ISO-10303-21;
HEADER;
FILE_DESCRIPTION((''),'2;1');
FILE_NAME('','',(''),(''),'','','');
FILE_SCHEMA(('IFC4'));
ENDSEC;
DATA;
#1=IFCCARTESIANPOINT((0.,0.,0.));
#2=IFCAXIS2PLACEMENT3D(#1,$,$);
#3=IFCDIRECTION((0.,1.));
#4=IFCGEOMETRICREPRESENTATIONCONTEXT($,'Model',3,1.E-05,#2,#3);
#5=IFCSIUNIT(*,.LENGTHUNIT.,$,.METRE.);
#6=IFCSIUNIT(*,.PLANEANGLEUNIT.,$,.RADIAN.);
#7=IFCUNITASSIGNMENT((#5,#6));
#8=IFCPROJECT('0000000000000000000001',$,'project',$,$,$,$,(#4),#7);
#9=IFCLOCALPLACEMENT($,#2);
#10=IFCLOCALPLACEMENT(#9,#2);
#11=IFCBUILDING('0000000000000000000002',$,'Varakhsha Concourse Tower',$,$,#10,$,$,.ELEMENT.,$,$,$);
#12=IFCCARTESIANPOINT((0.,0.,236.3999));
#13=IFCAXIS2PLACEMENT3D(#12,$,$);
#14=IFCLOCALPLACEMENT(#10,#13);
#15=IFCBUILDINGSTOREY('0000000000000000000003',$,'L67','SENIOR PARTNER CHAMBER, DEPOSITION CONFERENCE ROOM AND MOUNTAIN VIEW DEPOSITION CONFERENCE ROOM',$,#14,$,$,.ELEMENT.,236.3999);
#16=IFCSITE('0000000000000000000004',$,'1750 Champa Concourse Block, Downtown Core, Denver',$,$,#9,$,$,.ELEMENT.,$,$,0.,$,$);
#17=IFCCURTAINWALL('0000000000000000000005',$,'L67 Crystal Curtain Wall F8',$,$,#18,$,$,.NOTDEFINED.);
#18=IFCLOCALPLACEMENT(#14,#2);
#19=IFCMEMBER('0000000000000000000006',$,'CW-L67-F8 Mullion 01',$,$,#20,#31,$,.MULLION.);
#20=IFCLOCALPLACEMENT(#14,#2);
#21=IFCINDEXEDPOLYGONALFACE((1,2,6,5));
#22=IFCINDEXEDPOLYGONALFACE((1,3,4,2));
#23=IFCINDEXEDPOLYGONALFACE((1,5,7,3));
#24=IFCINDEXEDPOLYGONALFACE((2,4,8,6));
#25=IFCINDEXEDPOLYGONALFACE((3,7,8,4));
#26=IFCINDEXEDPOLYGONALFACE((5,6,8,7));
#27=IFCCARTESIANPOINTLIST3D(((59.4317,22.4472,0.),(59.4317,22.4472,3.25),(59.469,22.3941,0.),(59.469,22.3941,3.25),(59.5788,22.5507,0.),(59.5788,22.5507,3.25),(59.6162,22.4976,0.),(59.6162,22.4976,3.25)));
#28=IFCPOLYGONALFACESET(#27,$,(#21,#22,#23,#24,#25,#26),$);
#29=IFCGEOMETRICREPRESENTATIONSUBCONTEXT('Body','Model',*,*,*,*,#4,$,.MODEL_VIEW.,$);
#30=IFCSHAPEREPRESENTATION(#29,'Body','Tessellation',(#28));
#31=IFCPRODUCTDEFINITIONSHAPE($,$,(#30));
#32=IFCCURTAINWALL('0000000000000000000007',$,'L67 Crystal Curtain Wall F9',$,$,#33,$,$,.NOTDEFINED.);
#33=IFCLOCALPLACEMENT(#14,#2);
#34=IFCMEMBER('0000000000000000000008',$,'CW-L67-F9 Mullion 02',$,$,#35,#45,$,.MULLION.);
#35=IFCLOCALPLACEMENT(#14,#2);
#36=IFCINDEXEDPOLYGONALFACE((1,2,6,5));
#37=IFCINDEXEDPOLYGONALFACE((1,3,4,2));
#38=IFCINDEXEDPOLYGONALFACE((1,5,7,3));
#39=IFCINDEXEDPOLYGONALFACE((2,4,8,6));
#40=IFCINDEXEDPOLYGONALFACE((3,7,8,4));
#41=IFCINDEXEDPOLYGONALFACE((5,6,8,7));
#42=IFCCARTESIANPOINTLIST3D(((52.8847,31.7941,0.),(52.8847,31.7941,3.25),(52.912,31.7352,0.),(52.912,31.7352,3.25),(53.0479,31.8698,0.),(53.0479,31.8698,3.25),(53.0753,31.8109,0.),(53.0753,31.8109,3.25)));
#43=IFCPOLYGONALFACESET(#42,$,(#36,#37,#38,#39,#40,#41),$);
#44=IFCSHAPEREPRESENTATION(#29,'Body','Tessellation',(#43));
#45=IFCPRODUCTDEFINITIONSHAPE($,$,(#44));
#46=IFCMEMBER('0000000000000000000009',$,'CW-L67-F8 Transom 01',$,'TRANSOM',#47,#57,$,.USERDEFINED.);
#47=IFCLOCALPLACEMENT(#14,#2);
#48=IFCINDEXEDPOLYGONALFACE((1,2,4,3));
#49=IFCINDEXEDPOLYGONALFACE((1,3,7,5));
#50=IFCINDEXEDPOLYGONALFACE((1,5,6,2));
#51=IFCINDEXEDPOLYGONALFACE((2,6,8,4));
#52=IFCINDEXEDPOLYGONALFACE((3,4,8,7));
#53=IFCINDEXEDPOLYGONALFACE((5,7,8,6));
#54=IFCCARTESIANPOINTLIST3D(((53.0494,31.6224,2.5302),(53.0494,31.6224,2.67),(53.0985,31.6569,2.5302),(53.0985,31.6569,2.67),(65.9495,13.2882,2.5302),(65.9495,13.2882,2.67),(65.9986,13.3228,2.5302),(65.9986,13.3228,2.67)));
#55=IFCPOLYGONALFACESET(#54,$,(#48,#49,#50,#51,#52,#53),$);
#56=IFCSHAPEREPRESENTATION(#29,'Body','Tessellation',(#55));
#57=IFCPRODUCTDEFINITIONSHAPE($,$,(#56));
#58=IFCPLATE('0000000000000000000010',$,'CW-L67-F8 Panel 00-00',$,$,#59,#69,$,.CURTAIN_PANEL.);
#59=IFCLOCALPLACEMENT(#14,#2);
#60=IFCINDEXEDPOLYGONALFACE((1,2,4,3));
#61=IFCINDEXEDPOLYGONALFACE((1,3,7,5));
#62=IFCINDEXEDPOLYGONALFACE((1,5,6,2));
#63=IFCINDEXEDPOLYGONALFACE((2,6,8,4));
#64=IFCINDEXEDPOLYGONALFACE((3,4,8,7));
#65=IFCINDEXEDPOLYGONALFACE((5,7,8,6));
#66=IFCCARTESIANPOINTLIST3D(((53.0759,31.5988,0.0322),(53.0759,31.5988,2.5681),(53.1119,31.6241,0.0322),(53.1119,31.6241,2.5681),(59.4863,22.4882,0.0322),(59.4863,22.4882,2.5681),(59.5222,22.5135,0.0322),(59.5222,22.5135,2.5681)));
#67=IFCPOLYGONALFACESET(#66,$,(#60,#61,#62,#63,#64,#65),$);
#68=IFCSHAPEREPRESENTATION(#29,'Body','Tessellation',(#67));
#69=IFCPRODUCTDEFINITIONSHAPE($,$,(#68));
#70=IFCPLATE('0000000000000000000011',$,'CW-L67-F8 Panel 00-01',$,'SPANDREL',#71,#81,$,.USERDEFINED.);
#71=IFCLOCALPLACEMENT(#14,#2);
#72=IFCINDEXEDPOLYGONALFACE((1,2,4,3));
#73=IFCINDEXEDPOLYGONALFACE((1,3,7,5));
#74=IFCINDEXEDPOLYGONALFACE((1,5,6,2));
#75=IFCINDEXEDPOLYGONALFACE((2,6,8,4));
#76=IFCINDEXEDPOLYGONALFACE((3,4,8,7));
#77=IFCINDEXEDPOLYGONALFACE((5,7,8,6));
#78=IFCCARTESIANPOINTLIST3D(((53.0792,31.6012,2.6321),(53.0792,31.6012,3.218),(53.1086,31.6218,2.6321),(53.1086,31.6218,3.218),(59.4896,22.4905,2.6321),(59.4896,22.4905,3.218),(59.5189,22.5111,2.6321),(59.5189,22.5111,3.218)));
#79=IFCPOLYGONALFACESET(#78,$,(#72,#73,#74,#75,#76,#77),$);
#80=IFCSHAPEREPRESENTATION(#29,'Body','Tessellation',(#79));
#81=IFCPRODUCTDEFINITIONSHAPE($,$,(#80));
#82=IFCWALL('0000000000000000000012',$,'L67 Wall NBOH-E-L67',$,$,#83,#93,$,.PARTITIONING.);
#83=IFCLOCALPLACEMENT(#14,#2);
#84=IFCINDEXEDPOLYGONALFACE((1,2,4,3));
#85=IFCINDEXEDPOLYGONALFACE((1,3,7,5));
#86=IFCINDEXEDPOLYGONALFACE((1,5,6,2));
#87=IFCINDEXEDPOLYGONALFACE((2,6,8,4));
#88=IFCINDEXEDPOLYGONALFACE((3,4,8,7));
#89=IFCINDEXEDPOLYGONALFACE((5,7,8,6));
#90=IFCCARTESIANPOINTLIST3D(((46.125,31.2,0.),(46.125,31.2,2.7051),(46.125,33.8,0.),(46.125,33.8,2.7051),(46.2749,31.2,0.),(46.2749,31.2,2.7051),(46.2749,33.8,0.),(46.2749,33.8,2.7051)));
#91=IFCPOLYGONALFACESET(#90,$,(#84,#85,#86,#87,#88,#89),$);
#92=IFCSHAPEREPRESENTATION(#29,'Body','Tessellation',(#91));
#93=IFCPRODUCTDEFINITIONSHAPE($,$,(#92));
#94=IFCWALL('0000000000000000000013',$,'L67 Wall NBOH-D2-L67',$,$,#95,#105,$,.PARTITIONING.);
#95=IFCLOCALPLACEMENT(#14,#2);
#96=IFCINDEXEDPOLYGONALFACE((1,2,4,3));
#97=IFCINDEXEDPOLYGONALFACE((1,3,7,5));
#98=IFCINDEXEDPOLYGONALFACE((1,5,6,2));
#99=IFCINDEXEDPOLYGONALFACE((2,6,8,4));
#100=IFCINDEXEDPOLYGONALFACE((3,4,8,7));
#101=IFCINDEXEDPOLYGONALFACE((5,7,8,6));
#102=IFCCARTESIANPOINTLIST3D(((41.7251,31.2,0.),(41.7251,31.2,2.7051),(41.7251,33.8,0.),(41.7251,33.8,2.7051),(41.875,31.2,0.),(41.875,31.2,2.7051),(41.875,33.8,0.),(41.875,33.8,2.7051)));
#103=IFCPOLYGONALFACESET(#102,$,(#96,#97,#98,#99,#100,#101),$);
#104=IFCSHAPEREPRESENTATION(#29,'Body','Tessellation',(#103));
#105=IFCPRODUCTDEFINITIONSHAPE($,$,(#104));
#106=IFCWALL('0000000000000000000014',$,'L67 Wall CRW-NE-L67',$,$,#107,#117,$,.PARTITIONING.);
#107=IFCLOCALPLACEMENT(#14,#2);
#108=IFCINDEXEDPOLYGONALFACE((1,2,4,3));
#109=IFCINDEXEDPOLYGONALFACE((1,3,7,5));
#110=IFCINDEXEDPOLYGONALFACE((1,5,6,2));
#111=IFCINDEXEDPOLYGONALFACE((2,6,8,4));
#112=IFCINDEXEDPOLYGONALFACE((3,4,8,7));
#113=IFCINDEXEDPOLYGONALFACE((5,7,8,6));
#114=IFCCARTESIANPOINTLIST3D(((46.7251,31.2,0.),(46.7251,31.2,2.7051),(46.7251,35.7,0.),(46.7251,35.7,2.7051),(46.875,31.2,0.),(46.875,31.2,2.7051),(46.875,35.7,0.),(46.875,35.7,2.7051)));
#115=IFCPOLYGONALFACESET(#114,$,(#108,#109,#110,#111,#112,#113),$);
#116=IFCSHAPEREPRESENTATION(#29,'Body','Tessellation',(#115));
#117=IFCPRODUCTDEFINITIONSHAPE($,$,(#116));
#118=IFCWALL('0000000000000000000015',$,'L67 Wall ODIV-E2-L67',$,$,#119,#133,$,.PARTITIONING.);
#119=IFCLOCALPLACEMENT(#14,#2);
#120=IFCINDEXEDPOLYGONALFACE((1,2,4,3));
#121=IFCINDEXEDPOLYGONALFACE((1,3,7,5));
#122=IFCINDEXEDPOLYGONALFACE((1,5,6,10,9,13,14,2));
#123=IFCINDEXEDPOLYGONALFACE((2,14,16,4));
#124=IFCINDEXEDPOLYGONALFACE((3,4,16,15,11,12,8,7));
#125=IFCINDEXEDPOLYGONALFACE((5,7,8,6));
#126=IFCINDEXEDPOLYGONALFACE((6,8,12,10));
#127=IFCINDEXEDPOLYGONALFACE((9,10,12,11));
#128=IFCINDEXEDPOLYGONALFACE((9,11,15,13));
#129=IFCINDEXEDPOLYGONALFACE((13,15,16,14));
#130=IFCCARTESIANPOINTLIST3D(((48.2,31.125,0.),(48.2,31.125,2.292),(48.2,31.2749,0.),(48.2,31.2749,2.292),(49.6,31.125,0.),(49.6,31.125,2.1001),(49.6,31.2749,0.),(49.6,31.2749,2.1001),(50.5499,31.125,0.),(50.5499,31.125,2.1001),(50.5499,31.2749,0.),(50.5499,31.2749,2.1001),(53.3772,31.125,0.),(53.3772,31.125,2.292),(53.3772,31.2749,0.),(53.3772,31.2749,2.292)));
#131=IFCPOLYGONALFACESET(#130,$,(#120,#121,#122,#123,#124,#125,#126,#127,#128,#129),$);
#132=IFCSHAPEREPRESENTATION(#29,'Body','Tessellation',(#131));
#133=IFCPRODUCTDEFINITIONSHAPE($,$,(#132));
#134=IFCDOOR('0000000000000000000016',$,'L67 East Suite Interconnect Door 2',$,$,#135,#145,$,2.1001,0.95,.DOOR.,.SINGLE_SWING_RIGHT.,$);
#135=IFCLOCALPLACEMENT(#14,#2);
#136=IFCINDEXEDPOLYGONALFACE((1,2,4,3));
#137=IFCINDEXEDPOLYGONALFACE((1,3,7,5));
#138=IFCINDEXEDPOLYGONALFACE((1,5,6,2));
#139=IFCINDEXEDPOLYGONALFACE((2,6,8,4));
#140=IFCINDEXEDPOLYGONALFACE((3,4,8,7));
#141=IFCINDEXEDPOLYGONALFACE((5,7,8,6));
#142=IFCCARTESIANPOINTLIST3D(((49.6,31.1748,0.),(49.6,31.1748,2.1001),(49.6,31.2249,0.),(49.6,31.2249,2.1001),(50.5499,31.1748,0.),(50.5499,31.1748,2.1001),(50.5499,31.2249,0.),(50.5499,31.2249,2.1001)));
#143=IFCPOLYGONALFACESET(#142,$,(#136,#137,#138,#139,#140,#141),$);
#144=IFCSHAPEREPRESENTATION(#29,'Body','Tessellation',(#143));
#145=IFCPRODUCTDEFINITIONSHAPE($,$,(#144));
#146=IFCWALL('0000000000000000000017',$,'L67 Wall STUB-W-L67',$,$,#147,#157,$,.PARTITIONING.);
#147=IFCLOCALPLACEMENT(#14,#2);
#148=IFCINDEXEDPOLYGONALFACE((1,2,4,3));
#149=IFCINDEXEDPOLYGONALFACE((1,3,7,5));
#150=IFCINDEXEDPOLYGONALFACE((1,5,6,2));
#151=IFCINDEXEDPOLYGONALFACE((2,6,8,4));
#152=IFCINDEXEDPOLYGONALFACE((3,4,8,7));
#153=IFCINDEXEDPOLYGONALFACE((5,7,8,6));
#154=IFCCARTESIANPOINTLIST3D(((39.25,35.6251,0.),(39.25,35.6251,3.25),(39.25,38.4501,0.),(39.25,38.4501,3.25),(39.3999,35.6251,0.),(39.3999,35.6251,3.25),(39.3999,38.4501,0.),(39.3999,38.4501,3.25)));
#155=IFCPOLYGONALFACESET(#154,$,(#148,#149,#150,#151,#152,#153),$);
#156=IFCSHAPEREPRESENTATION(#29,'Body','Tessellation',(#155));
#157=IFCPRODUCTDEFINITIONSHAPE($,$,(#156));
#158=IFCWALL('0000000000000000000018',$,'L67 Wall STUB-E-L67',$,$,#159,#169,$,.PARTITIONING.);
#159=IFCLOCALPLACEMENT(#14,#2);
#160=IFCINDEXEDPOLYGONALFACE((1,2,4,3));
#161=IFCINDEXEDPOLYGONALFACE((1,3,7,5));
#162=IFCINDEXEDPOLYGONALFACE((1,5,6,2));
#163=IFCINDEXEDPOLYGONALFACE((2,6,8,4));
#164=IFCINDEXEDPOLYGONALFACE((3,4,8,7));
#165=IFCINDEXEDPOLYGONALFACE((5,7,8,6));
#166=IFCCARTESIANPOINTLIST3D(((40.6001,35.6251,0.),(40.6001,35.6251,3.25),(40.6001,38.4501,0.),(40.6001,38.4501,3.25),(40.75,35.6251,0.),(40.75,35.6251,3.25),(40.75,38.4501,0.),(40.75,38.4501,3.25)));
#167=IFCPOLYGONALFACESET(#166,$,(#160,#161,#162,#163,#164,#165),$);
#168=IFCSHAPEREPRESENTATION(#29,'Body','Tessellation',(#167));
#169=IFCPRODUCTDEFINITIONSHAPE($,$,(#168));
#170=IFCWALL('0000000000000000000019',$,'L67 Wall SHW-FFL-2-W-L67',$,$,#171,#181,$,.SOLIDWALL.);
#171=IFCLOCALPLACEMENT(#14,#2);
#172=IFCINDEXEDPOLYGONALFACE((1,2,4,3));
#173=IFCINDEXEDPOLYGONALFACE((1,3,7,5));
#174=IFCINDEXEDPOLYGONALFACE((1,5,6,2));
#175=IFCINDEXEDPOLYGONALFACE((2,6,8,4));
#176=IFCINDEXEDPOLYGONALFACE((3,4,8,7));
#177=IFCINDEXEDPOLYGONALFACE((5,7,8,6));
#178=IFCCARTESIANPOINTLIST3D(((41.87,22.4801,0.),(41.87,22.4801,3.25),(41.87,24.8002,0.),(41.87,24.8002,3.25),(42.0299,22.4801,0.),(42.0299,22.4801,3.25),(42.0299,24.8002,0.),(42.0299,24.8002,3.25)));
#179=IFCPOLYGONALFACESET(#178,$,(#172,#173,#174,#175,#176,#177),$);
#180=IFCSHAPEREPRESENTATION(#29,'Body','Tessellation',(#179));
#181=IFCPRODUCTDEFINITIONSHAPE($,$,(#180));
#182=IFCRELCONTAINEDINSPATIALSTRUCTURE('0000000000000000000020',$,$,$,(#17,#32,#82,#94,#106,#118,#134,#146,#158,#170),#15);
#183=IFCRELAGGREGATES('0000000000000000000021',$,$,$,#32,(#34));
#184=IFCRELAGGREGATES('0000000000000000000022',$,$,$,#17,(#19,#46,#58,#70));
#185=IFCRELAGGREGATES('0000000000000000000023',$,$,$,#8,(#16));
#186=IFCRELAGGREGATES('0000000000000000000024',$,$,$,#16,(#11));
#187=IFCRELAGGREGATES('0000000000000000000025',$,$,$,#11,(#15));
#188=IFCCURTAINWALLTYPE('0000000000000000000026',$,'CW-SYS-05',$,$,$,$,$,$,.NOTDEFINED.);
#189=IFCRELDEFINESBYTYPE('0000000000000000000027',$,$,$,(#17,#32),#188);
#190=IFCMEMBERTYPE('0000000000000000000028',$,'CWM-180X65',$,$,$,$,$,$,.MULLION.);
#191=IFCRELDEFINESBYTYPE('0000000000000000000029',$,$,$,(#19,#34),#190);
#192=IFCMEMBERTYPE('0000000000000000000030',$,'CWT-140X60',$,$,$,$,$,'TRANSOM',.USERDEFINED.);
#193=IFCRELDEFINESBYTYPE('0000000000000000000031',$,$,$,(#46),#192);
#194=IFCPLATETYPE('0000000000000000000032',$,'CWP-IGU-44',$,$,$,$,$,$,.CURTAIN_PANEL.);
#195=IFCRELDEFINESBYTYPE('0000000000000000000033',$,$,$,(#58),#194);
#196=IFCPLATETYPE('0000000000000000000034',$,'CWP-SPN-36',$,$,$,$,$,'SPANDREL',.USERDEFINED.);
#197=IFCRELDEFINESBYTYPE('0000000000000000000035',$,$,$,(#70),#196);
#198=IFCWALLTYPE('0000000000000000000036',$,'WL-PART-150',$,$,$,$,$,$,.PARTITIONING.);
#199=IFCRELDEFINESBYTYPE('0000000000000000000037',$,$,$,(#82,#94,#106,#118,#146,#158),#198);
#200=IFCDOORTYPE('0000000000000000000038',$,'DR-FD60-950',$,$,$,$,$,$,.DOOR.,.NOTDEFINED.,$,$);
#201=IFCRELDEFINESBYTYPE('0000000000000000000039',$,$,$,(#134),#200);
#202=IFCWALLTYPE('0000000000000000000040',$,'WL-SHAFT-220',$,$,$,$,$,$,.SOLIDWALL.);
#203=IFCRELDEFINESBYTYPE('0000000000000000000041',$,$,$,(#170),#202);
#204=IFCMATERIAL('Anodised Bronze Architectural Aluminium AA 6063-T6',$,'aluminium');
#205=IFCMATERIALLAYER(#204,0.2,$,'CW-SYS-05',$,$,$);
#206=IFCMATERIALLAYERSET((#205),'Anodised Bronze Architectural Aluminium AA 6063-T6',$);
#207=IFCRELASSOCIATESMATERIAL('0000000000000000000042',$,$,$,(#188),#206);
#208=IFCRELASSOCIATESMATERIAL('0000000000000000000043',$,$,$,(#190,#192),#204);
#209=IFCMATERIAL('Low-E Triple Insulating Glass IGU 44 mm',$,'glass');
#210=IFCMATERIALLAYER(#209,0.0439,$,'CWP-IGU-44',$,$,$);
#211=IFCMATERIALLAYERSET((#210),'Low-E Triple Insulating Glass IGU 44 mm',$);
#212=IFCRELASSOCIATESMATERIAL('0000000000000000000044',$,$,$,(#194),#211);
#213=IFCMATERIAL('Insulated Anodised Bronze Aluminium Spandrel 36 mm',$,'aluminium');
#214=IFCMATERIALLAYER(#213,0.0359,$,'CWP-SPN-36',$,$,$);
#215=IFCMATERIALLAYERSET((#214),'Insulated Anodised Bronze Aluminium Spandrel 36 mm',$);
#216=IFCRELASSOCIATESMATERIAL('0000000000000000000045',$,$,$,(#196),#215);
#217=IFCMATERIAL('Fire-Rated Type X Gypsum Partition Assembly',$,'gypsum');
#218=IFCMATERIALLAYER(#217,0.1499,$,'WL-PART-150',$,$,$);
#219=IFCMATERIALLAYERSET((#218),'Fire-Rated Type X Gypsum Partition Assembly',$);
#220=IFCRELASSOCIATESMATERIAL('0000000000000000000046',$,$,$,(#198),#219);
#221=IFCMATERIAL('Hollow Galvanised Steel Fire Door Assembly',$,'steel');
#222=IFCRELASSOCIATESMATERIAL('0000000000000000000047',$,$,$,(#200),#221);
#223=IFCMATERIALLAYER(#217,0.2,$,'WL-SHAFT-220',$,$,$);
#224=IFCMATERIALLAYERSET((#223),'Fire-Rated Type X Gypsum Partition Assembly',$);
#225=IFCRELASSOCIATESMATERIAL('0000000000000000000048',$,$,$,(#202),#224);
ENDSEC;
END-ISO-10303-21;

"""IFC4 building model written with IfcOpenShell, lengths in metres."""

from ifc_helpers import new_model, si_unit, direction, frame, frame_2d, origin, origin_2d, place, context, subcontext, project, spatial, rectangle, extrude, source, transform, mapped, material, layer, layer_set, material_profile, profile_set, type_object, type_shapes, element, fill, aggregate, save


model = new_model("IFC4")

# Units and contexts
model_context = context("Model", 3, precision=1e-05, world=origin(), true_north=direction((0.0, 1.0)))
body_context = subcontext(model_context, "Body", "Model", "MODEL_VIEW")
ifc_project = project(units=[si_unit("LENGTHUNIT", "METRE"), si_unit("PLANEANGLEUNIT", "RADIAN")], contexts=[model_context])

# Site, building, storey
site_placement = place(None, origin())
site = spatial("IfcSite", under=ifc_project, at=site_placement, Name="1750 Champa Concourse Block, Downtown Core, Denver", CompositionType="ELEMENT", RefElevation=0.0)
building_placement = place(site_placement, origin())
building = spatial("IfcBuilding", under=site, at=building_placement, Name="Varakhsha Concourse Tower", CompositionType="ELEMENT")
storey_placement = place(building_placement, frame((0.0, 0.0, 236.3999)))
storey = spatial("IfcBuildingStorey", under=building, at=storey_placement, Name="L67", Description="SENIOR PARTNER CHAMBER, DEPOSITION CONFERENCE ROOM AND MOUNTAIN VIEW DEPOSITION CONFERENCE ROOM", CompositionType="ELEMENT", Elevation=236.3999)

# Curtain wall, member
ifc_material_1 = material(Name="Anodised Bronze Architectural Aluminium AA 6063-T6", Category="aluminium")
ifc_layer_1 = layer(ifc_material_1, 0.2, Name="CW-SYS-05")
ifc_layer_set_1 = layer_set([ifc_layer_1], Name="Anodised Bronze Architectural Aluminium AA 6063-T6")
curtain_wall_type = type_object("IfcCurtainWallType", Name="CW-SYS-05", PredefinedType="NOTDEFINED", material=ifc_layer_set_1)
curtain_wall_1_placement = place(storey_placement, origin())
curtain_wall_1 = element("IfcCurtainWall", 1, at=curtain_wall_1_placement, inside=storey, type_object=curtain_wall_type, Name="L67 Crystal Curtain Wall F8", PredefinedType="NOTDEFINED")
ifc_material_profile_1 = material_profile(ifc_material_1, rectangle(XDim=0.0649, YDim=0.1799, at=origin_2d()), Name="CWM-180X65")
ifc_profile_set_1 = profile_set([ifc_material_profile_1], Name="Anodised Bronze Architectural Aluminium AA 6063-T6")
member_type_1 = type_object("IfcMemberType", Name="CWM-180X65", PredefinedType="MULLION", material=ifc_profile_set_1)
shared_shape_1 = source(origin(), body_context, "Body", "SweptSolid", [
    extrude(rectangle(XDim=0.0649, YDim=0.1799, at=origin_2d()), origin(), (0.0, 0.0, 1.0), 3.25),
])
type_shapes(member_type_1, [shared_shape_1])
member_1_placement = place(storey_placement, frame((59.5239, 22.4724, 0.0), z_axis=(0.0, 0.0, 1.0), x_axis=(0.575444, -0.817842, 0.0)))
member_1 = element("IfcMember", 2, at=member_1_placement, type_object=member_type_1, Name="CW-L67-F8 Mullion 01", PredefinedType="MULLION", context=body_context, shape_type="MappedRepresentation", body=[
    mapped(shared_shape_1, transform((0.0, 0.0, 0.0), scale=1.0)),
])

# Curtain wall, member
curtain_wall_2_placement = place(storey_placement, origin())
curtain_wall_2 = element("IfcCurtainWall", 3, at=curtain_wall_2_placement, inside=storey, type_object=curtain_wall_type, Name="L67 Crystal Curtain Wall F9", PredefinedType="NOTDEFINED")
member_2_placement = place(storey_placement, frame((52.98, 31.8025, 0.0), z_axis=(0.0, 0.0, 1.0), x_axis=(0.420547, -0.907271, 0.0)))
member_2 = element("IfcMember", 4, at=member_2_placement, type_object=member_type_1, Name="CW-L67-F9 Mullion 02", PredefinedType="MULLION", context=body_context, shape_type="MappedRepresentation", body=[
    mapped(shared_shape_1, transform((0.0, 0.0, 0.0), scale=1.0)),
])
aggregate(curtain_wall_2, [member_2])

# Member
ifc_material_profile_2 = material_profile(ifc_material_1, rectangle(XDim=0.0601, YDim=0.1399, at=origin_2d()), Name="CWT-140X60")
ifc_profile_set_2 = profile_set([ifc_material_profile_2], Name="Anodised Bronze Architectural Aluminium AA 6063-T6")
member_type_2 = type_object("IfcMemberType", Name="CWT-140X60", ElementType="TRANSOM", PredefinedType="USERDEFINED", material=ifc_profile_set_2)
shared_shape_2 = source(origin(), body_context, "Body", "SweptSolid", [
    extrude(rectangle(XDim=0.0601, YDim=0.1399, at=origin_2d()), origin(), (0.0, 0.0, 1.0), 22.4177),
])
type_shapes(member_type_2, [shared_shape_2])
member_3_placement = place(storey_placement, frame((53.074, 31.6396, 2.6001), z_axis=(0.575442, -0.817842, 0.0), x_axis=(0.817842, 0.575442, 0.0)))
member_3 = element("IfcMember", 5, at=member_3_placement, type_object=member_type_2, Name="CW-L67-F8 Transom 01", ObjectType="TRANSOM", PredefinedType="USERDEFINED", context=body_context, shape_type="MappedRepresentation", body=[
    mapped(shared_shape_2, transform((0.0, 0.0, 0.0), scale=1.0)),
])

# Plates
ifc_material_2 = material(Name="Low-E Triple Insulating Glass IGU 44 mm", Category="glass")
ifc_layer_2 = layer(ifc_material_2, 0.0439, Name="CWP-IGU-44")
ifc_layer_set_2 = layer_set([ifc_layer_2], Name="Low-E Triple Insulating Glass IGU 44 mm")
plate_type_1 = type_object("IfcPlateType", Name="CWP-IGU-44", PredefinedType="CURTAIN_PANEL", material=ifc_layer_set_2)
shared_shape_3 = source(origin(), body_context, "Body", "SweptSolid", [
    extrude(rectangle(XDim=11.1399, YDim=0.0439, at=origin_2d()), origin(), (0.0, 0.0, 1.0), 2.5359),
])
type_shapes(plate_type_1, [shared_shape_3])
plate_1_placement = place(storey_placement, frame((56.2991, 27.0562, 0.0322), z_axis=(0.0, 0.0, 1.0), x_axis=(0.575444, -0.817842, 0.0)))
plate_1 = element("IfcPlate", 6, at=plate_1_placement, type_object=plate_type_1, Name="CW-L67-F8 Panel 00-00", PredefinedType="CURTAIN_PANEL", context=body_context, shape_type="MappedRepresentation", body=[
    mapped(shared_shape_3, transform((0.0, 0.0, 0.0), scale=1.0)),
])
ifc_material_3 = material(Name="Insulated Anodised Bronze Aluminium Spandrel 36 mm", Category="aluminium")
ifc_layer_3 = layer(ifc_material_3, 0.0359, Name="CWP-SPN-36")
ifc_layer_set_3 = layer_set([ifc_layer_3], Name="Insulated Anodised Bronze Aluminium Spandrel 36 mm")
plate_type_2 = type_object("IfcPlateType", Name="CWP-SPN-36", ElementType="SPANDREL", PredefinedType="USERDEFINED", material=ifc_layer_set_3)
shared_shape_4 = source(origin(), body_context, "Body", "SweptSolid", [
    extrude(rectangle(XDim=11.1399, YDim=0.0359, at=origin_2d()), origin(), (0.0, 0.0, 1.0), 0.5859),
])
type_shapes(plate_type_2, [shared_shape_4])
plate_2_placement = place(storey_placement, frame((56.2991, 27.0562, 2.6321), z_axis=(0.0, 0.0, 1.0), x_axis=(0.575444, -0.817842, 0.0)))
plate_2 = element("IfcPlate", 7, at=plate_2_placement, type_object=plate_type_2, Name="CW-L67-F8 Panel 00-01", ObjectType="SPANDREL", PredefinedType="USERDEFINED", context=body_context, shape_type="MappedRepresentation", body=[
    mapped(shared_shape_4, transform((0.0, 0.0, 0.0), scale=1.0)),
])
aggregate(curtain_wall_1, [member_1, member_3, plate_1, plate_2])

# Walls
ifc_material_4 = material(Name="Fire-Rated Type X Gypsum Partition Assembly", Category="gypsum")
ifc_layer_4 = layer(ifc_material_4, 0.1499, Name="WL-PART-150")
ifc_layer_set_4 = layer_set([ifc_layer_4], Name="Fire-Rated Type X Gypsum Partition Assembly")
wall_type_1 = type_object("IfcWallType", Name="WL-PART-150", PredefinedType="PARTITIONING", material=ifc_layer_set_4)
for number, where, z_axis, x_axis, name in (
    (8, (46.2, 31.2, 0.0), (0.0, 0.0, 1.0), (0.0, 1.0, 0.0), "L67 Wall NBOH-E-L67"),
    (9, (41.8, 31.2, 0.0), (0.0, 0.0, 1.0), (0.0, 1.0, 0.0), "L67 Wall NBOH-D2-L67"),
):
    element("IfcWall", number, at=place(storey_placement, frame(where, z_axis=z_axis, x_axis=x_axis)), inside=storey, type_object=wall_type_1, Name=name, PredefinedType="PARTITIONING", context=body_context, shape_type="SweptSolid", body=[
        extrude(rectangle(XDim=2.6001, YDim=0.1499, at=frame_2d((1.3, 0.0))), origin(), (0.0, 0.0, 1.0), 2.7051),
    ])
wall_1_placement = place(storey_placement, frame((46.8, 31.2, 0.0), z_axis=(0.0, 0.0, 1.0), x_axis=(0.0, 1.0, 0.0)))
element("IfcWall", 10, at=wall_1_placement, inside=storey, type_object=wall_type_1, Name="L67 Wall CRW-NE-L67", PredefinedType="PARTITIONING", context=body_context, shape_type="SweptSolid", body=[
    extrude(rectangle(XDim=4.5, YDim=0.1499, at=frame_2d((2.25, 0.0))), origin(), (0.0, 0.0, 1.0), 2.7051),
])

# Wall, opening, door
wall_2_placement = place(storey_placement, frame((48.2, 31.2, 0.0), z_axis=(0.0, 0.0, 1.0), x_axis=(1.0, 0.0, 0.0)))
wall_2 = element("IfcWall", 11, at=wall_2_placement, inside=storey, type_object=wall_type_1, Name="L67 Wall ODIV-E2-L67", PredefinedType="PARTITIONING", context=body_context, shape_type="SweptSolid", body=[
    extrude(rectangle(XDim=5.1772, YDim=0.1499, at=frame_2d((2.5886, 0.0))), origin(), (0.0, 0.0, 1.0), 2.292),
])
opening_placement = place(wall_2_placement, frame((1.3999, 0.0, 0.0)))
opening = element("IfcOpeningElement", 12, at=opening_placement, cuts=wall_2, PredefinedType="OPENING", context=body_context, shape_type="SweptSolid", body=[
    extrude(rectangle(XDim=0.95, YDim=2.1001, at=frame_2d((0.4751, 1.05))), frame((0.0, 0.085, 0.0), z_axis=(0.0, -1.0, 0.0), x_axis=(1.0, 0.0, 0.0)), (0.0, 0.0, 1.0), 0.1699),
])
ifc_material_5 = material(Name="Hollow Galvanised Steel Fire Door Assembly", Category="steel")
door_type = type_object("IfcDoorType", Name="DR-FD60-950", OperationType="NOTDEFINED", PredefinedType="DOOR", material=ifc_material_5)
door_placement = place(opening_placement, origin())
door = element("IfcDoor", 13, at=door_placement, inside=storey, type_object=door_type, Name="L67 East Suite Interconnect Door 2", OperationType="SINGLE_SWING_RIGHT", OverallHeight=2.1001, OverallWidth=0.95, PredefinedType="DOOR", context=body_context, shape_type="SweptSolid", body=[
    extrude(rectangle(XDim=0.95, YDim=2.1001, at=frame_2d((0.4751, 1.05))), frame((0.0, 0.0249, 0.0), z_axis=(0.0, -1.0, 0.0), x_axis=(1.0, 0.0, 0.0)), (0.0, 0.0, 1.0), 0.05),
])
fill(opening, door)

# Walls
for number, where, z_axis, x_axis, name in (
    (14, (39.325, 35.625, 0.0), (0.0, 0.0, 1.0), (0.0, 1.0, 0.0), "L67 Wall STUB-W-L67"),
    (15, (40.675, 35.625, 0.0), (0.0, 0.0, 1.0), (0.0, 1.0, 0.0), "L67 Wall STUB-E-L67"),
):
    element("IfcWall", number, at=place(storey_placement, frame(where, z_axis=z_axis, x_axis=x_axis)), inside=storey, type_object=wall_type_1, Name=name, PredefinedType="PARTITIONING", context=body_context, shape_type="SweptSolid", body=[
        extrude(rectangle(XDim=2.825, YDim=0.1499, at=frame_2d((1.4126, 0.0))), origin(), (0.0, 0.0, 1.0), 3.25),
    ])
ifc_layer_5 = layer(ifc_material_4, 0.2, Name="WL-SHAFT-220")
ifc_layer_set_5 = layer_set([ifc_layer_5], Name="Fire-Rated Type X Gypsum Partition Assembly")
wall_type_2 = type_object("IfcWallType", Name="WL-SHAFT-220", PredefinedType="SOLIDWALL", material=ifc_layer_set_5)
for number, where, z_axis, x_axis, name in (
    (16, (41.95, 22.48, 0.0), (0.0, 0.0, 1.0), (0.0, 1.0, 0.0), "L67 Wall SHW-FFL-2-W-L67"),
):
    element("IfcWall", number, at=place(storey_placement, frame(where, z_axis=z_axis, x_axis=x_axis)), inside=storey, type_object=wall_type_2, Name=name, PredefinedType="SOLIDWALL", context=body_context, shape_type="SweptSolid", body=[
        extrude(rectangle(XDim=2.3201, YDim=0.1599, at=frame_2d((1.1602, 0.0))), origin(), (0.0, 0.0, 1.0), 3.25),
    ])

save(model, "model.ifc")
